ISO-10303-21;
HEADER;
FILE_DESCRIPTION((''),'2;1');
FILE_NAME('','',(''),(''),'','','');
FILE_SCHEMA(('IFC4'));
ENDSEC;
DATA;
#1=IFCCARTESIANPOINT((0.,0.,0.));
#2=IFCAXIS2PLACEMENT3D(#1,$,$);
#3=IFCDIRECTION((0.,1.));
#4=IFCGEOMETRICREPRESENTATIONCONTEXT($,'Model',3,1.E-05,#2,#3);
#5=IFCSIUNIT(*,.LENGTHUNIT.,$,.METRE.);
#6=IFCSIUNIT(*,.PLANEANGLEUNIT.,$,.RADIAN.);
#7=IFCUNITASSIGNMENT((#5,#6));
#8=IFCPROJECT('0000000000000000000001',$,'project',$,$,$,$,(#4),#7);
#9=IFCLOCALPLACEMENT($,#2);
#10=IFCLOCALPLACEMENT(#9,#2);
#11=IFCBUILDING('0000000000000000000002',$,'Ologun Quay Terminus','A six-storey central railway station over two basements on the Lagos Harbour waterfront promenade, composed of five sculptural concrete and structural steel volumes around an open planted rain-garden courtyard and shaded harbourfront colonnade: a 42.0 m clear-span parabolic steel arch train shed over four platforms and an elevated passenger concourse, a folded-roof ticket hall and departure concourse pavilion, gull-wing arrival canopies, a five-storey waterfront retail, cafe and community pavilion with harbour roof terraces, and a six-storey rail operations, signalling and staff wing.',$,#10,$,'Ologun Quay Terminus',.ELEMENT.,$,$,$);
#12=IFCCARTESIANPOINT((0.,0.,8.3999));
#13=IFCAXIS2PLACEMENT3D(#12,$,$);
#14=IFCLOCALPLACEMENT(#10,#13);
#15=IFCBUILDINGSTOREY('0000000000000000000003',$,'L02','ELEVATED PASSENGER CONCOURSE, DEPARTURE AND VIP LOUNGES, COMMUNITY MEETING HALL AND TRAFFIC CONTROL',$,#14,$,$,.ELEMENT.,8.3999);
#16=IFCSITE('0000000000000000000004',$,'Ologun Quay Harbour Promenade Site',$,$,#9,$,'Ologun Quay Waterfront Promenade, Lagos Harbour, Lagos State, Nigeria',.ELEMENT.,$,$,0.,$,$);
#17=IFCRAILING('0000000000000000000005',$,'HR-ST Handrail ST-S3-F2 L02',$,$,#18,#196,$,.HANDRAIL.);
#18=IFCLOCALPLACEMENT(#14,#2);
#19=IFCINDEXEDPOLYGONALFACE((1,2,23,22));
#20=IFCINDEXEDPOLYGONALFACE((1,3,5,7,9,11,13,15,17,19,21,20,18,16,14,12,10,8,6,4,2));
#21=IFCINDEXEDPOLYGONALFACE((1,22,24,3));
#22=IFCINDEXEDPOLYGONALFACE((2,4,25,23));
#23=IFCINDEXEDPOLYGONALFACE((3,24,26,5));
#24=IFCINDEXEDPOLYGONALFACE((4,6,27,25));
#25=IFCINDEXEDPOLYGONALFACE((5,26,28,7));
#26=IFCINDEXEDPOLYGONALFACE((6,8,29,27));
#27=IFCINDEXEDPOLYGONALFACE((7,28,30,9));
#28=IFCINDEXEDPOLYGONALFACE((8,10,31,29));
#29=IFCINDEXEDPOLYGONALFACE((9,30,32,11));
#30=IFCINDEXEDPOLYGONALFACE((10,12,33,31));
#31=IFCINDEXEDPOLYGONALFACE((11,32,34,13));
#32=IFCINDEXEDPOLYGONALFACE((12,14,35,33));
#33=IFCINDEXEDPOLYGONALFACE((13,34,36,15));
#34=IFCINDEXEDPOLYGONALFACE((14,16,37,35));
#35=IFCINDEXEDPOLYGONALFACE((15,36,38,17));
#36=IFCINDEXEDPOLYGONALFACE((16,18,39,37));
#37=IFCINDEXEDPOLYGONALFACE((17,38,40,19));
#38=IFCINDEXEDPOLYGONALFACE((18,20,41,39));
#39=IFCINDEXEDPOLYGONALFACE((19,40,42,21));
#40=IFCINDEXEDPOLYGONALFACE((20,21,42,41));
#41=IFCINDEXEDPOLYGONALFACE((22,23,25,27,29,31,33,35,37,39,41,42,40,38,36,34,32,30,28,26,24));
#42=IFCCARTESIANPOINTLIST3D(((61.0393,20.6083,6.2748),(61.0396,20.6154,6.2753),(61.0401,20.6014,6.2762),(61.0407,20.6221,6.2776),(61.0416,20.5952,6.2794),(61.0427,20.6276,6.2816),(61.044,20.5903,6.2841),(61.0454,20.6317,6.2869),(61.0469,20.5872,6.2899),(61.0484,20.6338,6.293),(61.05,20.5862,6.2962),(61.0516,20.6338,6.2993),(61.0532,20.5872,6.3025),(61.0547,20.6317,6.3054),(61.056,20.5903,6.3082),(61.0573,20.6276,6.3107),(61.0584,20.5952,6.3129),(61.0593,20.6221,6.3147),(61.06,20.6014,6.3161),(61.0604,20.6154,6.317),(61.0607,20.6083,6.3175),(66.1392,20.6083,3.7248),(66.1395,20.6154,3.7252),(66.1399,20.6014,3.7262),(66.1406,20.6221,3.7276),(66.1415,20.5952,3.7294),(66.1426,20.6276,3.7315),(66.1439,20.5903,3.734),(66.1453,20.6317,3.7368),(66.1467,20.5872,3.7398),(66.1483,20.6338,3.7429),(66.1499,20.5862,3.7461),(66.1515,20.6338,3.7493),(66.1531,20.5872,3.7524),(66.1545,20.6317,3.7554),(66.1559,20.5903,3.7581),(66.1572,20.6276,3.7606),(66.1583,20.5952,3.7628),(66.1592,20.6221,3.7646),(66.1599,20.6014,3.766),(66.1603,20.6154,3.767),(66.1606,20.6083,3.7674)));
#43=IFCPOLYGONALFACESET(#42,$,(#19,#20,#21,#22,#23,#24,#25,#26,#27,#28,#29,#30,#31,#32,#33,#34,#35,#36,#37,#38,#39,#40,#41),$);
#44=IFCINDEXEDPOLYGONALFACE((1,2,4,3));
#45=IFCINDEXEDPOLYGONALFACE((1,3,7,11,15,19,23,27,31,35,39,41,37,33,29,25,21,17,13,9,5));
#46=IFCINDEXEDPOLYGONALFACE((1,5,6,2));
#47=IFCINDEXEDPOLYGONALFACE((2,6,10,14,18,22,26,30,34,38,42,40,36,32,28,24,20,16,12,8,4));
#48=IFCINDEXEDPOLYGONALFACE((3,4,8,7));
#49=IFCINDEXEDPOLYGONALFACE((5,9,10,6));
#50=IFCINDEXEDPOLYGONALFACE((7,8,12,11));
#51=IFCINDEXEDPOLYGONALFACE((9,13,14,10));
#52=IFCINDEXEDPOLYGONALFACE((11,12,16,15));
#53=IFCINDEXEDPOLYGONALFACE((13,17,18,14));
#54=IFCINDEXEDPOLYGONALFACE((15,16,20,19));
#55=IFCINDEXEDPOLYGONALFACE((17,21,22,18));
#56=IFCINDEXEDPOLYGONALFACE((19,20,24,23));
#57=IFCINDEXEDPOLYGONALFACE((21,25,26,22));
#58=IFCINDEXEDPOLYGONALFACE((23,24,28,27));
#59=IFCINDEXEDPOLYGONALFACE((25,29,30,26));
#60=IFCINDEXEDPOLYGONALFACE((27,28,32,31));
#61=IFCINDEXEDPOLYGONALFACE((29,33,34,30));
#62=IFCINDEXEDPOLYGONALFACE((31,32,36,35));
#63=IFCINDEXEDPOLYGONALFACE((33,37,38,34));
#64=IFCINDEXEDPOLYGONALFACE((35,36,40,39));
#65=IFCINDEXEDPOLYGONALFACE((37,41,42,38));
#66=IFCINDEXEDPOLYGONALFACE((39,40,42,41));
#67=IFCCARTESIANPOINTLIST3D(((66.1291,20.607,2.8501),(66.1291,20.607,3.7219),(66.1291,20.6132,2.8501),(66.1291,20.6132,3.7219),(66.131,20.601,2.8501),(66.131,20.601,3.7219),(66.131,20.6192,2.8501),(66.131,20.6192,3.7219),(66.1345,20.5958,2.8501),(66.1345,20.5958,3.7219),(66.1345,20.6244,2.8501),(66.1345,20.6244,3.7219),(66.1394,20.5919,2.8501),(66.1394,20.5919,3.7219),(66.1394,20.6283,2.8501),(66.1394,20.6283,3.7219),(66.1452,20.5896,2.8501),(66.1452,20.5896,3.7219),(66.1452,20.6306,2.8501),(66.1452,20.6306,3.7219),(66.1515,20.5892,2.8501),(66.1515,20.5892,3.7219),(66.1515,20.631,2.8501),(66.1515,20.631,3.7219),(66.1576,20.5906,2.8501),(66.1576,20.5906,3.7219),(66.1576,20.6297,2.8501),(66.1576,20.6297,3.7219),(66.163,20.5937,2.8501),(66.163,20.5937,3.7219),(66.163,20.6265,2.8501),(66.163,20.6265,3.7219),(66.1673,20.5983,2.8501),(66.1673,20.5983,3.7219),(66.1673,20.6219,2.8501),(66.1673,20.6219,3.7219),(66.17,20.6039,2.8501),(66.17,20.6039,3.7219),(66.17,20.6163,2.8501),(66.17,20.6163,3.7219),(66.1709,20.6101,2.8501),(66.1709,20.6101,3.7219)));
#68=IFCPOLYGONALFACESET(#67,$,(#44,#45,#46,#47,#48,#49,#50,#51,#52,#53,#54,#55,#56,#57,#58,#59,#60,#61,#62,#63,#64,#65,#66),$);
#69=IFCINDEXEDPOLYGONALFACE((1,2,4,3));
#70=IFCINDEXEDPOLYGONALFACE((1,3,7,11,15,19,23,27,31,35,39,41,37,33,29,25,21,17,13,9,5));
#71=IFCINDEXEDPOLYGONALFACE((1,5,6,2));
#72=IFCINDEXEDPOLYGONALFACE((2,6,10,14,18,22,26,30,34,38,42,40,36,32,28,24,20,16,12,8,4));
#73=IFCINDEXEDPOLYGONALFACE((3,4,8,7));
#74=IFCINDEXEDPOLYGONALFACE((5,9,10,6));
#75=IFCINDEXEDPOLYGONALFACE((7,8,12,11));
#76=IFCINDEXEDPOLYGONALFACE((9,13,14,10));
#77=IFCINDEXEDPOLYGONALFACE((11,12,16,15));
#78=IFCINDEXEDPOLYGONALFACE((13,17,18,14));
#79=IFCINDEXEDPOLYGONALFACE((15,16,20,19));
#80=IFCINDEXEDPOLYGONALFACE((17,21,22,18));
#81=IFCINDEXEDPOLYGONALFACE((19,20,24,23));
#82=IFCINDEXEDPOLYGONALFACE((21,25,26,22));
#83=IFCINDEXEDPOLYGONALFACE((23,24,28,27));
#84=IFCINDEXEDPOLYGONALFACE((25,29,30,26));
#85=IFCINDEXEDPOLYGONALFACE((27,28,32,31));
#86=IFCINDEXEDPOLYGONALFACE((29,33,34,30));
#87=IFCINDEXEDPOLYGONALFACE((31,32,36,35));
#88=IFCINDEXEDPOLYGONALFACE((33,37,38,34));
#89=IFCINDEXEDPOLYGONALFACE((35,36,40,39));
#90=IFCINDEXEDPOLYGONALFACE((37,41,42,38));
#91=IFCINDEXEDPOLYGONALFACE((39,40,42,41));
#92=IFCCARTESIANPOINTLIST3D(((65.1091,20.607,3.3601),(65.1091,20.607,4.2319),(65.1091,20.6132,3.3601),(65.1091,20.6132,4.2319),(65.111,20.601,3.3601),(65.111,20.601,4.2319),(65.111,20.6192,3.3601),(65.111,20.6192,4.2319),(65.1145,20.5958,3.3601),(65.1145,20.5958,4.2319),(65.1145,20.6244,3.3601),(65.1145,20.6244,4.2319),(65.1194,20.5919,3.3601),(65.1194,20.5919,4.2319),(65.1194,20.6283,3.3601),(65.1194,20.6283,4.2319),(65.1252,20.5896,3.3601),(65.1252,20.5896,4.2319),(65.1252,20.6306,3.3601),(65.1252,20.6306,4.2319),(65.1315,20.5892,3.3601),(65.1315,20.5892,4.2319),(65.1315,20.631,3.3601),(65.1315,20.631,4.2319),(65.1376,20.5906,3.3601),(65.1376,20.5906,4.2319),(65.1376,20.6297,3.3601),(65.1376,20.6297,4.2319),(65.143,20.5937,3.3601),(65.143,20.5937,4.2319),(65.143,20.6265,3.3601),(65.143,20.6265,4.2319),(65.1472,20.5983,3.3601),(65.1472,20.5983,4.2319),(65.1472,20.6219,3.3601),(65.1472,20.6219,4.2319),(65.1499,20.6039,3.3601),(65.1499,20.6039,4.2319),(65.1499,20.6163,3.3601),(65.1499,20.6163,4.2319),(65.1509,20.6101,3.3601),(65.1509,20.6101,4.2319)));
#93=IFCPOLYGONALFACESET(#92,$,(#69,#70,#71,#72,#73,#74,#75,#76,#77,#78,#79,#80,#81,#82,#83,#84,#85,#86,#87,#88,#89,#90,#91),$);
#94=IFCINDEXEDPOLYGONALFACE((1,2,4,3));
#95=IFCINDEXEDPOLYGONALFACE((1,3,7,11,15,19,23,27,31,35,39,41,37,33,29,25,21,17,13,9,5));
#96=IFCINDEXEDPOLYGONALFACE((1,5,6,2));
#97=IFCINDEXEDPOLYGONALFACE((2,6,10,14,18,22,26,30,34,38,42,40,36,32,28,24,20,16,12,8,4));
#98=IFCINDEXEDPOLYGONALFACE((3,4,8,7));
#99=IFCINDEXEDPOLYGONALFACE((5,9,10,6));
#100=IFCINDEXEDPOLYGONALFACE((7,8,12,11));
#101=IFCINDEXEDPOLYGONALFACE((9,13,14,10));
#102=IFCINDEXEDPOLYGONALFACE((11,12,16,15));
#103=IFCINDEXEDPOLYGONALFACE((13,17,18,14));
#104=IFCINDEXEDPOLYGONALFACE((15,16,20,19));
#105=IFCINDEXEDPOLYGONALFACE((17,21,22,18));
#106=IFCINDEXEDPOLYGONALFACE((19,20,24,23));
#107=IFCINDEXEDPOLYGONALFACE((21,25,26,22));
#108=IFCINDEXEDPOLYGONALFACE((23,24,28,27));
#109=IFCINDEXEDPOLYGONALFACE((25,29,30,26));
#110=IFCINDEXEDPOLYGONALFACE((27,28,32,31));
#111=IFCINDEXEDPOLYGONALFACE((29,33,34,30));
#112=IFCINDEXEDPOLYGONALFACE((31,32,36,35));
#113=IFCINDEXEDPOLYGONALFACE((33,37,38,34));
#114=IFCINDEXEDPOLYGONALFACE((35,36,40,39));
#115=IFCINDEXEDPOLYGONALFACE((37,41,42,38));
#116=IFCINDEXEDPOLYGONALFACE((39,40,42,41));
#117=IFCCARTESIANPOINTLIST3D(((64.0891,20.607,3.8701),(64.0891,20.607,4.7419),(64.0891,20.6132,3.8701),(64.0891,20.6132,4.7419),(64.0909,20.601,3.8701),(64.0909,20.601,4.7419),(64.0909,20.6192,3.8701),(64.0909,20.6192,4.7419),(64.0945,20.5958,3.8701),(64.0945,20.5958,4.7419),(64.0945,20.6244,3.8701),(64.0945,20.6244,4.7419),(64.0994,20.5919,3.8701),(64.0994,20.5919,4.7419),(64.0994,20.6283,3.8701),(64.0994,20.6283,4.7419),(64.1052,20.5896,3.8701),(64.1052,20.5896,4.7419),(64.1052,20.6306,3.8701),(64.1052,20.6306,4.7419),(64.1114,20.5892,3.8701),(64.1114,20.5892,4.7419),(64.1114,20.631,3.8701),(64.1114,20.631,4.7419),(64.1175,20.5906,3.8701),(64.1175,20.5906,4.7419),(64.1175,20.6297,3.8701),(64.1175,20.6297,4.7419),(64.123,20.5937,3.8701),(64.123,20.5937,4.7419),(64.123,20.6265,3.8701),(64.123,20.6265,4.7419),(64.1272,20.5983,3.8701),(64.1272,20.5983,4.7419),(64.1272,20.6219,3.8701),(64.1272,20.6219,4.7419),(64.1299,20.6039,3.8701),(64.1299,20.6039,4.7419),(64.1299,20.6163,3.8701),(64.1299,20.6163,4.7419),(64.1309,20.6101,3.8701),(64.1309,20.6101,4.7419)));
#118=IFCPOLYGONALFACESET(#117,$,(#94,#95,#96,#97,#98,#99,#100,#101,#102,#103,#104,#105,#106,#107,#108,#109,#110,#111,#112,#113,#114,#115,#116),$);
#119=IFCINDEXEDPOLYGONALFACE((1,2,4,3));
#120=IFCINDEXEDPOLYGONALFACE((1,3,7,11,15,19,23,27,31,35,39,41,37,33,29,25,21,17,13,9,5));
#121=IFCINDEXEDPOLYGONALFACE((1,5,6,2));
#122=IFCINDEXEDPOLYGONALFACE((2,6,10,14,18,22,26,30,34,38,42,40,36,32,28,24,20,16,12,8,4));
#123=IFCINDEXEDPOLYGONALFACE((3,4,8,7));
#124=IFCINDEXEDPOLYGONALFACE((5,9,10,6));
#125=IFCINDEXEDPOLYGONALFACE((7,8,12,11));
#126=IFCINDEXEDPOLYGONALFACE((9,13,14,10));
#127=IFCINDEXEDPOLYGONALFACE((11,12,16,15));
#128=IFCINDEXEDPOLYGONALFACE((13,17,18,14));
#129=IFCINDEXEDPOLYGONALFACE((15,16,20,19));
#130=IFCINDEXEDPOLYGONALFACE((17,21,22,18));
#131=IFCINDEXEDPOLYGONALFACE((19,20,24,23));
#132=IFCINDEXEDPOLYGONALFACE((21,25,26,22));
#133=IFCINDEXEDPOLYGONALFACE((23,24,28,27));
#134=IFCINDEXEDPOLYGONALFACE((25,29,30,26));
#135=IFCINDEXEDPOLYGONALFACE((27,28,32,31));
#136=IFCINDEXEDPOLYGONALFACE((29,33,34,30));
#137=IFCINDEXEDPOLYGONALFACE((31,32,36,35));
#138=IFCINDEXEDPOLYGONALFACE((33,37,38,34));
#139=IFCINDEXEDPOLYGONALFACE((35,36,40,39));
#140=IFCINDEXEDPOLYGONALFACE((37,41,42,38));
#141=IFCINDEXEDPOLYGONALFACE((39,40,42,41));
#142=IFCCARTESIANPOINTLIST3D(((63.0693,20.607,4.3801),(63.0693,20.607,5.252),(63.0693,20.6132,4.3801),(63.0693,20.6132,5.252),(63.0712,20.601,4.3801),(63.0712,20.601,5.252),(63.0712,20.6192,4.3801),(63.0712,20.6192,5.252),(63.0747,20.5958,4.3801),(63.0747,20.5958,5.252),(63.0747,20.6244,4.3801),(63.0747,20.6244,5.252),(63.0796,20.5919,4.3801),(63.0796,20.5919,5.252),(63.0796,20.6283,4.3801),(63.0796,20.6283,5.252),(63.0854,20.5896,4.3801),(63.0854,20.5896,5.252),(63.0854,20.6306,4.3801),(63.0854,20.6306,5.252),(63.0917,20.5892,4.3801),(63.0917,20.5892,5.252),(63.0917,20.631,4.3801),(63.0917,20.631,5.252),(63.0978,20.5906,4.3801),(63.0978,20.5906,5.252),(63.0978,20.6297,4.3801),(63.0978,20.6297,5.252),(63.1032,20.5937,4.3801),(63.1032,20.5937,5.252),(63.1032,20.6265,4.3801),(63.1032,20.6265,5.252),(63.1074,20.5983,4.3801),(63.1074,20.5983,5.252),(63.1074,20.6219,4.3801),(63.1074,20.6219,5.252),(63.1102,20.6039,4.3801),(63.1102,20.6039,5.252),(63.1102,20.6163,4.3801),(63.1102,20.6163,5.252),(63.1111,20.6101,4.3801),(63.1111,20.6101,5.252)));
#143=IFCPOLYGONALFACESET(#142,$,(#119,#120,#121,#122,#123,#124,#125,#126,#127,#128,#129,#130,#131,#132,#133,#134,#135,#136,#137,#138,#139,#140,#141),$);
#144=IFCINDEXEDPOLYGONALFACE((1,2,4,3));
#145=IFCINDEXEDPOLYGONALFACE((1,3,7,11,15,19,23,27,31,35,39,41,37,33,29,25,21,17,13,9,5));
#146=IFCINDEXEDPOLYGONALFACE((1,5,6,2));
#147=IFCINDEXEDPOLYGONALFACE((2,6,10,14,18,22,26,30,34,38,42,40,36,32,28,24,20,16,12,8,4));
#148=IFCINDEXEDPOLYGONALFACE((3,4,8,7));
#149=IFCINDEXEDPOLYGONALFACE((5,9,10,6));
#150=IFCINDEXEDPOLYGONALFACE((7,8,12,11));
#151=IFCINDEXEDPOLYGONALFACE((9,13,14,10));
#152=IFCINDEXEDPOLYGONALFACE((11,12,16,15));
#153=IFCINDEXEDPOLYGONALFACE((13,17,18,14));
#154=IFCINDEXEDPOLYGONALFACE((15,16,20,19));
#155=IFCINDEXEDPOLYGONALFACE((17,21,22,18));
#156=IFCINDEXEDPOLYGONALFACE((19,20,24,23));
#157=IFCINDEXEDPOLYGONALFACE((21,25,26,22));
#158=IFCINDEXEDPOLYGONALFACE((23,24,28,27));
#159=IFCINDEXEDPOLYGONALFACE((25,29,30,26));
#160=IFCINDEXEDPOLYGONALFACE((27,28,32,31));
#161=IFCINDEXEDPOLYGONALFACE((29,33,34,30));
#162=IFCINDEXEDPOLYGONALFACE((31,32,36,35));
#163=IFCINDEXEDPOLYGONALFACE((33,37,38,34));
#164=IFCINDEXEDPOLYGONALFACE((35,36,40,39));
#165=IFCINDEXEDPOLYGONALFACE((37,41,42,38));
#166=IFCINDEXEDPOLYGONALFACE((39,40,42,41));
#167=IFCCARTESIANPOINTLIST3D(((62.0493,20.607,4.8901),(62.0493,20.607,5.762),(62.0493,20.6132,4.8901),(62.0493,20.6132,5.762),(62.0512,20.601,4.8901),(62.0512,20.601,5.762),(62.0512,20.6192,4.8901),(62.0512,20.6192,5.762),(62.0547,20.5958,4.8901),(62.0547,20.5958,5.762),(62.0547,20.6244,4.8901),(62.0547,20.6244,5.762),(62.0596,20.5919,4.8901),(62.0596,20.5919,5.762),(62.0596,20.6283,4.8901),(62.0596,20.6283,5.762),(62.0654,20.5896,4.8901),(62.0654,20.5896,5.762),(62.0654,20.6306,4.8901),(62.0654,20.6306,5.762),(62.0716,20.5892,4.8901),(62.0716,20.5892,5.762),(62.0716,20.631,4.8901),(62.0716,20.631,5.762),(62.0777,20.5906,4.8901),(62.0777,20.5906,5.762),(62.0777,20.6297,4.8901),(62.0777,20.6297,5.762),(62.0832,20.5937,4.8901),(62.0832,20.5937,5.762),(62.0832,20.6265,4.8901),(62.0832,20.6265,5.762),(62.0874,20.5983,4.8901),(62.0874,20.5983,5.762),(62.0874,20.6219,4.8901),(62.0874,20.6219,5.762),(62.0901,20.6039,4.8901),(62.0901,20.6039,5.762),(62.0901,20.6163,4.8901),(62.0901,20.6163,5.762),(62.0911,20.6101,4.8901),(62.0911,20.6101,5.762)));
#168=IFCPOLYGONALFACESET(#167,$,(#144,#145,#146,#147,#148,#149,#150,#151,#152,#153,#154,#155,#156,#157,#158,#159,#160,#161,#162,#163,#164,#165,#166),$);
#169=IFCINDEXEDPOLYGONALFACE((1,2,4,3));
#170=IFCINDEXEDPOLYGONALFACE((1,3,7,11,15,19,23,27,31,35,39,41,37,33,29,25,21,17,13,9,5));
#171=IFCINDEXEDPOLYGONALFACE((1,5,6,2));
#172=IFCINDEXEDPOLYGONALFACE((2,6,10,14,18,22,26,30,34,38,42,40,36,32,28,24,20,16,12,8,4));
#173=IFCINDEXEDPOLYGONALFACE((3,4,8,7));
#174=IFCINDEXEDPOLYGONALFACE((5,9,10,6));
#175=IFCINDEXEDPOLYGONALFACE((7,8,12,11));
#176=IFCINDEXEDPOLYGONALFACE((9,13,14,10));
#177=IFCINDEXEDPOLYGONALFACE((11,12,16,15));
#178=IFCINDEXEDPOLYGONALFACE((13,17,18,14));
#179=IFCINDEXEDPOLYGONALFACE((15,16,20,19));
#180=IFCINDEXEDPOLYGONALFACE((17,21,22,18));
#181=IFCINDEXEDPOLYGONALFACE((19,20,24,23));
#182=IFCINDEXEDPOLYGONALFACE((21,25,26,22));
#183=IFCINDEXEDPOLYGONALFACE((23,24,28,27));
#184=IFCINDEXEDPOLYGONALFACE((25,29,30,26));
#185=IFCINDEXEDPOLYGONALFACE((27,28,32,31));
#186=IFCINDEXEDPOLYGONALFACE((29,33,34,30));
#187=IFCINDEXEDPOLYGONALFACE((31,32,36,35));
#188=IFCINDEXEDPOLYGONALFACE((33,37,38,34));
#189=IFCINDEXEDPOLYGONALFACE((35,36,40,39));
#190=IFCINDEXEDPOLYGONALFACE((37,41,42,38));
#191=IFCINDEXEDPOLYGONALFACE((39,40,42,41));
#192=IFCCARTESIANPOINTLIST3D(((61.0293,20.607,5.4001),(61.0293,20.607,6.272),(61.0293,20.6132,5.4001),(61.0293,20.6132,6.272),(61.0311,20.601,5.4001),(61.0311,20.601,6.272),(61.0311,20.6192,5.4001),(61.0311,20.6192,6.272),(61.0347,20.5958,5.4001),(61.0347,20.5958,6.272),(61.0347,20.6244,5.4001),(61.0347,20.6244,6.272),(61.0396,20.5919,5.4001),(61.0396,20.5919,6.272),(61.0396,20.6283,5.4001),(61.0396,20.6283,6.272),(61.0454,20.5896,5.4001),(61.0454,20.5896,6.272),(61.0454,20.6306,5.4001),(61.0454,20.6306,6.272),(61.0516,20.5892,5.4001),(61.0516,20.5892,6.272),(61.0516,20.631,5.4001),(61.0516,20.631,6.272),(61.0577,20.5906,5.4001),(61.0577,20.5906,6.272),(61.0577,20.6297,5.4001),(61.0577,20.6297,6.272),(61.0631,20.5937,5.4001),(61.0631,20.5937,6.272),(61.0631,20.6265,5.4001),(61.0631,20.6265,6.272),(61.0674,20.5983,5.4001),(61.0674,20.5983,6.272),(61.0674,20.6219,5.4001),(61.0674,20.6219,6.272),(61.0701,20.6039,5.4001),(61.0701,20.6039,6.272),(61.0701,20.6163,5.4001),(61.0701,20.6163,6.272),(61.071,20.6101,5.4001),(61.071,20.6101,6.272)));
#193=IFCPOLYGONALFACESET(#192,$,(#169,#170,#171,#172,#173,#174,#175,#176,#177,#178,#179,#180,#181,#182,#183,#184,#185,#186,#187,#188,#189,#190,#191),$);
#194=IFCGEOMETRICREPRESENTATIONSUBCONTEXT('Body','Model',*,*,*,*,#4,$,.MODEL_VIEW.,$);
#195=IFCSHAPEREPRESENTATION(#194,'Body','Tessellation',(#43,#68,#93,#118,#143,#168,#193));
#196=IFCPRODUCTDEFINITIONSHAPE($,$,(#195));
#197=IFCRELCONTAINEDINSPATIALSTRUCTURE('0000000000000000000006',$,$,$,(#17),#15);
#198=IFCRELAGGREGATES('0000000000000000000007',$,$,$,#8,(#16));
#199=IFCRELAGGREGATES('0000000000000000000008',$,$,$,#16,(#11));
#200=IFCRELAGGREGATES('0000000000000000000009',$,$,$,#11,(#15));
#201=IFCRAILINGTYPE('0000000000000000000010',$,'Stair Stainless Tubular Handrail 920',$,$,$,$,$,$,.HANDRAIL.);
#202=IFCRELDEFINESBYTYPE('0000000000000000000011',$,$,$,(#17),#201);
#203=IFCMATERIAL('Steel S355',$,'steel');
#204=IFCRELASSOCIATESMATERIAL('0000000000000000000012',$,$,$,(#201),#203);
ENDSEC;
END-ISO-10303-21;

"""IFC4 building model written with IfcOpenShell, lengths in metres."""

from ifc_helpers import new_model, si_unit, direction, frame, origin, origin_2d, place, context, subcontext, project, spatial, circle, extrude, material, type_object, element, save


model = new_model("IFC4")

# Units and contexts
model_context = context("Model", 3, precision=1e-05, world=origin(), true_north=direction((0.0, 1.0)))
body_context = subcontext(model_context, "Body", "Model", "MODEL_VIEW")
ifc_project = project(units=[si_unit("LENGTHUNIT", "METRE"), si_unit("PLANEANGLEUNIT", "RADIAN")], contexts=[model_context])

# Site, building, storey
site_placement = place(None, origin())
site = spatial("IfcSite", under=ifc_project, at=site_placement, Name="Ologun Quay Harbour Promenade Site", LongName="Ologun Quay Waterfront Promenade, Lagos Harbour, Lagos State, Nigeria", CompositionType="ELEMENT", RefElevation=0.0)
building_placement = place(site_placement, origin())
building = spatial("IfcBuilding", under=site, at=building_placement, Name="Ologun Quay Terminus", Description="A six-storey central railway station over two basements on the Lagos Harbour waterfront promenade, composed of five sculptural concrete and structural steel volumes around an open planted rain-garden courtyard and shaded harbourfront colonnade: a 42.0 m clear-span parabolic steel arch train shed over four platforms and an elevated passenger concourse, a folded-roof ticket hall and departure concourse pavilion, gull-wing arrival canopies, a five-storey waterfront retail, cafe and community pavilion with harbour roof terraces, and a six-storey rail operations, signalling and staff wing.", LongName="Ologun Quay Terminus", CompositionType="ELEMENT")
storey_placement = place(building_placement, frame((0.0, 0.0, 8.3999)))
storey = spatial("IfcBuildingStorey", under=building, at=storey_placement, Name="L02", Description="ELEVATED PASSENGER CONCOURSE, DEPARTURE AND VIP LOUNGES, COMMUNITY MEETING HALL AND TRAFFIC CONTROL", CompositionType="ELEMENT", Elevation=8.3999)

# Railing
ifc_material_1 = material(Name="Steel S355", Category="steel")
railing_type_1 = type_object("IfcRailingType", Name="Stair Stainless Tubular Handrail 920", PredefinedType="HANDRAIL", material=ifc_material_1)
railing_1_placement = place(storey_placement, frame((66.1499, 20.6101, 2.8501)))
element("IfcRailing", 1, at=railing_1_placement, inside=storey, type_object=railing_type_1, Name="HR-ST Handrail ST-S3-F2 L02", PredefinedType="HANDRAIL", context=body_context, shape_type="SweptSolid", body=[
    extrude(circle(Radius=0.0239, at=origin_2d()), frame((0.0, 0.0, 0.896), z_axis=(-0.894419, 0.0, 0.447231), x_axis=(0.0, -1.0, 0.0)), (0.0, 0.0, 1.0), 5.7019),
    extrude(circle(Radius=0.021, at=origin_2d()), origin(), (0.0, 0.0, 1.0), 0.8718),
    extrude(circle(Radius=0.021, at=origin_2d()), frame((-1.02, 0.0, 0.51)), (0.0, 0.0, 1.0), 0.8718),
    extrude(circle(Radius=0.021, at=origin_2d()), frame((-2.04, 0.0, 1.02)), (0.0, 0.0, 1.0), 0.8718),
    extrude(circle(Radius=0.021, at=origin_2d()), frame((-3.0598, 0.0, 1.53)), (0.0, 0.0, 1.0), 0.8718),
    extrude(circle(Radius=0.021, at=origin_2d()), frame((-4.0798, 0.0, 2.04)), (0.0, 0.0, 1.0), 0.8718),
    extrude(circle(Radius=0.021, at=origin_2d()), frame((-5.0999, 0.0, 2.55)), (0.0, 0.0, 1.0), 0.8718),
])

save(model, "model.ifc")
